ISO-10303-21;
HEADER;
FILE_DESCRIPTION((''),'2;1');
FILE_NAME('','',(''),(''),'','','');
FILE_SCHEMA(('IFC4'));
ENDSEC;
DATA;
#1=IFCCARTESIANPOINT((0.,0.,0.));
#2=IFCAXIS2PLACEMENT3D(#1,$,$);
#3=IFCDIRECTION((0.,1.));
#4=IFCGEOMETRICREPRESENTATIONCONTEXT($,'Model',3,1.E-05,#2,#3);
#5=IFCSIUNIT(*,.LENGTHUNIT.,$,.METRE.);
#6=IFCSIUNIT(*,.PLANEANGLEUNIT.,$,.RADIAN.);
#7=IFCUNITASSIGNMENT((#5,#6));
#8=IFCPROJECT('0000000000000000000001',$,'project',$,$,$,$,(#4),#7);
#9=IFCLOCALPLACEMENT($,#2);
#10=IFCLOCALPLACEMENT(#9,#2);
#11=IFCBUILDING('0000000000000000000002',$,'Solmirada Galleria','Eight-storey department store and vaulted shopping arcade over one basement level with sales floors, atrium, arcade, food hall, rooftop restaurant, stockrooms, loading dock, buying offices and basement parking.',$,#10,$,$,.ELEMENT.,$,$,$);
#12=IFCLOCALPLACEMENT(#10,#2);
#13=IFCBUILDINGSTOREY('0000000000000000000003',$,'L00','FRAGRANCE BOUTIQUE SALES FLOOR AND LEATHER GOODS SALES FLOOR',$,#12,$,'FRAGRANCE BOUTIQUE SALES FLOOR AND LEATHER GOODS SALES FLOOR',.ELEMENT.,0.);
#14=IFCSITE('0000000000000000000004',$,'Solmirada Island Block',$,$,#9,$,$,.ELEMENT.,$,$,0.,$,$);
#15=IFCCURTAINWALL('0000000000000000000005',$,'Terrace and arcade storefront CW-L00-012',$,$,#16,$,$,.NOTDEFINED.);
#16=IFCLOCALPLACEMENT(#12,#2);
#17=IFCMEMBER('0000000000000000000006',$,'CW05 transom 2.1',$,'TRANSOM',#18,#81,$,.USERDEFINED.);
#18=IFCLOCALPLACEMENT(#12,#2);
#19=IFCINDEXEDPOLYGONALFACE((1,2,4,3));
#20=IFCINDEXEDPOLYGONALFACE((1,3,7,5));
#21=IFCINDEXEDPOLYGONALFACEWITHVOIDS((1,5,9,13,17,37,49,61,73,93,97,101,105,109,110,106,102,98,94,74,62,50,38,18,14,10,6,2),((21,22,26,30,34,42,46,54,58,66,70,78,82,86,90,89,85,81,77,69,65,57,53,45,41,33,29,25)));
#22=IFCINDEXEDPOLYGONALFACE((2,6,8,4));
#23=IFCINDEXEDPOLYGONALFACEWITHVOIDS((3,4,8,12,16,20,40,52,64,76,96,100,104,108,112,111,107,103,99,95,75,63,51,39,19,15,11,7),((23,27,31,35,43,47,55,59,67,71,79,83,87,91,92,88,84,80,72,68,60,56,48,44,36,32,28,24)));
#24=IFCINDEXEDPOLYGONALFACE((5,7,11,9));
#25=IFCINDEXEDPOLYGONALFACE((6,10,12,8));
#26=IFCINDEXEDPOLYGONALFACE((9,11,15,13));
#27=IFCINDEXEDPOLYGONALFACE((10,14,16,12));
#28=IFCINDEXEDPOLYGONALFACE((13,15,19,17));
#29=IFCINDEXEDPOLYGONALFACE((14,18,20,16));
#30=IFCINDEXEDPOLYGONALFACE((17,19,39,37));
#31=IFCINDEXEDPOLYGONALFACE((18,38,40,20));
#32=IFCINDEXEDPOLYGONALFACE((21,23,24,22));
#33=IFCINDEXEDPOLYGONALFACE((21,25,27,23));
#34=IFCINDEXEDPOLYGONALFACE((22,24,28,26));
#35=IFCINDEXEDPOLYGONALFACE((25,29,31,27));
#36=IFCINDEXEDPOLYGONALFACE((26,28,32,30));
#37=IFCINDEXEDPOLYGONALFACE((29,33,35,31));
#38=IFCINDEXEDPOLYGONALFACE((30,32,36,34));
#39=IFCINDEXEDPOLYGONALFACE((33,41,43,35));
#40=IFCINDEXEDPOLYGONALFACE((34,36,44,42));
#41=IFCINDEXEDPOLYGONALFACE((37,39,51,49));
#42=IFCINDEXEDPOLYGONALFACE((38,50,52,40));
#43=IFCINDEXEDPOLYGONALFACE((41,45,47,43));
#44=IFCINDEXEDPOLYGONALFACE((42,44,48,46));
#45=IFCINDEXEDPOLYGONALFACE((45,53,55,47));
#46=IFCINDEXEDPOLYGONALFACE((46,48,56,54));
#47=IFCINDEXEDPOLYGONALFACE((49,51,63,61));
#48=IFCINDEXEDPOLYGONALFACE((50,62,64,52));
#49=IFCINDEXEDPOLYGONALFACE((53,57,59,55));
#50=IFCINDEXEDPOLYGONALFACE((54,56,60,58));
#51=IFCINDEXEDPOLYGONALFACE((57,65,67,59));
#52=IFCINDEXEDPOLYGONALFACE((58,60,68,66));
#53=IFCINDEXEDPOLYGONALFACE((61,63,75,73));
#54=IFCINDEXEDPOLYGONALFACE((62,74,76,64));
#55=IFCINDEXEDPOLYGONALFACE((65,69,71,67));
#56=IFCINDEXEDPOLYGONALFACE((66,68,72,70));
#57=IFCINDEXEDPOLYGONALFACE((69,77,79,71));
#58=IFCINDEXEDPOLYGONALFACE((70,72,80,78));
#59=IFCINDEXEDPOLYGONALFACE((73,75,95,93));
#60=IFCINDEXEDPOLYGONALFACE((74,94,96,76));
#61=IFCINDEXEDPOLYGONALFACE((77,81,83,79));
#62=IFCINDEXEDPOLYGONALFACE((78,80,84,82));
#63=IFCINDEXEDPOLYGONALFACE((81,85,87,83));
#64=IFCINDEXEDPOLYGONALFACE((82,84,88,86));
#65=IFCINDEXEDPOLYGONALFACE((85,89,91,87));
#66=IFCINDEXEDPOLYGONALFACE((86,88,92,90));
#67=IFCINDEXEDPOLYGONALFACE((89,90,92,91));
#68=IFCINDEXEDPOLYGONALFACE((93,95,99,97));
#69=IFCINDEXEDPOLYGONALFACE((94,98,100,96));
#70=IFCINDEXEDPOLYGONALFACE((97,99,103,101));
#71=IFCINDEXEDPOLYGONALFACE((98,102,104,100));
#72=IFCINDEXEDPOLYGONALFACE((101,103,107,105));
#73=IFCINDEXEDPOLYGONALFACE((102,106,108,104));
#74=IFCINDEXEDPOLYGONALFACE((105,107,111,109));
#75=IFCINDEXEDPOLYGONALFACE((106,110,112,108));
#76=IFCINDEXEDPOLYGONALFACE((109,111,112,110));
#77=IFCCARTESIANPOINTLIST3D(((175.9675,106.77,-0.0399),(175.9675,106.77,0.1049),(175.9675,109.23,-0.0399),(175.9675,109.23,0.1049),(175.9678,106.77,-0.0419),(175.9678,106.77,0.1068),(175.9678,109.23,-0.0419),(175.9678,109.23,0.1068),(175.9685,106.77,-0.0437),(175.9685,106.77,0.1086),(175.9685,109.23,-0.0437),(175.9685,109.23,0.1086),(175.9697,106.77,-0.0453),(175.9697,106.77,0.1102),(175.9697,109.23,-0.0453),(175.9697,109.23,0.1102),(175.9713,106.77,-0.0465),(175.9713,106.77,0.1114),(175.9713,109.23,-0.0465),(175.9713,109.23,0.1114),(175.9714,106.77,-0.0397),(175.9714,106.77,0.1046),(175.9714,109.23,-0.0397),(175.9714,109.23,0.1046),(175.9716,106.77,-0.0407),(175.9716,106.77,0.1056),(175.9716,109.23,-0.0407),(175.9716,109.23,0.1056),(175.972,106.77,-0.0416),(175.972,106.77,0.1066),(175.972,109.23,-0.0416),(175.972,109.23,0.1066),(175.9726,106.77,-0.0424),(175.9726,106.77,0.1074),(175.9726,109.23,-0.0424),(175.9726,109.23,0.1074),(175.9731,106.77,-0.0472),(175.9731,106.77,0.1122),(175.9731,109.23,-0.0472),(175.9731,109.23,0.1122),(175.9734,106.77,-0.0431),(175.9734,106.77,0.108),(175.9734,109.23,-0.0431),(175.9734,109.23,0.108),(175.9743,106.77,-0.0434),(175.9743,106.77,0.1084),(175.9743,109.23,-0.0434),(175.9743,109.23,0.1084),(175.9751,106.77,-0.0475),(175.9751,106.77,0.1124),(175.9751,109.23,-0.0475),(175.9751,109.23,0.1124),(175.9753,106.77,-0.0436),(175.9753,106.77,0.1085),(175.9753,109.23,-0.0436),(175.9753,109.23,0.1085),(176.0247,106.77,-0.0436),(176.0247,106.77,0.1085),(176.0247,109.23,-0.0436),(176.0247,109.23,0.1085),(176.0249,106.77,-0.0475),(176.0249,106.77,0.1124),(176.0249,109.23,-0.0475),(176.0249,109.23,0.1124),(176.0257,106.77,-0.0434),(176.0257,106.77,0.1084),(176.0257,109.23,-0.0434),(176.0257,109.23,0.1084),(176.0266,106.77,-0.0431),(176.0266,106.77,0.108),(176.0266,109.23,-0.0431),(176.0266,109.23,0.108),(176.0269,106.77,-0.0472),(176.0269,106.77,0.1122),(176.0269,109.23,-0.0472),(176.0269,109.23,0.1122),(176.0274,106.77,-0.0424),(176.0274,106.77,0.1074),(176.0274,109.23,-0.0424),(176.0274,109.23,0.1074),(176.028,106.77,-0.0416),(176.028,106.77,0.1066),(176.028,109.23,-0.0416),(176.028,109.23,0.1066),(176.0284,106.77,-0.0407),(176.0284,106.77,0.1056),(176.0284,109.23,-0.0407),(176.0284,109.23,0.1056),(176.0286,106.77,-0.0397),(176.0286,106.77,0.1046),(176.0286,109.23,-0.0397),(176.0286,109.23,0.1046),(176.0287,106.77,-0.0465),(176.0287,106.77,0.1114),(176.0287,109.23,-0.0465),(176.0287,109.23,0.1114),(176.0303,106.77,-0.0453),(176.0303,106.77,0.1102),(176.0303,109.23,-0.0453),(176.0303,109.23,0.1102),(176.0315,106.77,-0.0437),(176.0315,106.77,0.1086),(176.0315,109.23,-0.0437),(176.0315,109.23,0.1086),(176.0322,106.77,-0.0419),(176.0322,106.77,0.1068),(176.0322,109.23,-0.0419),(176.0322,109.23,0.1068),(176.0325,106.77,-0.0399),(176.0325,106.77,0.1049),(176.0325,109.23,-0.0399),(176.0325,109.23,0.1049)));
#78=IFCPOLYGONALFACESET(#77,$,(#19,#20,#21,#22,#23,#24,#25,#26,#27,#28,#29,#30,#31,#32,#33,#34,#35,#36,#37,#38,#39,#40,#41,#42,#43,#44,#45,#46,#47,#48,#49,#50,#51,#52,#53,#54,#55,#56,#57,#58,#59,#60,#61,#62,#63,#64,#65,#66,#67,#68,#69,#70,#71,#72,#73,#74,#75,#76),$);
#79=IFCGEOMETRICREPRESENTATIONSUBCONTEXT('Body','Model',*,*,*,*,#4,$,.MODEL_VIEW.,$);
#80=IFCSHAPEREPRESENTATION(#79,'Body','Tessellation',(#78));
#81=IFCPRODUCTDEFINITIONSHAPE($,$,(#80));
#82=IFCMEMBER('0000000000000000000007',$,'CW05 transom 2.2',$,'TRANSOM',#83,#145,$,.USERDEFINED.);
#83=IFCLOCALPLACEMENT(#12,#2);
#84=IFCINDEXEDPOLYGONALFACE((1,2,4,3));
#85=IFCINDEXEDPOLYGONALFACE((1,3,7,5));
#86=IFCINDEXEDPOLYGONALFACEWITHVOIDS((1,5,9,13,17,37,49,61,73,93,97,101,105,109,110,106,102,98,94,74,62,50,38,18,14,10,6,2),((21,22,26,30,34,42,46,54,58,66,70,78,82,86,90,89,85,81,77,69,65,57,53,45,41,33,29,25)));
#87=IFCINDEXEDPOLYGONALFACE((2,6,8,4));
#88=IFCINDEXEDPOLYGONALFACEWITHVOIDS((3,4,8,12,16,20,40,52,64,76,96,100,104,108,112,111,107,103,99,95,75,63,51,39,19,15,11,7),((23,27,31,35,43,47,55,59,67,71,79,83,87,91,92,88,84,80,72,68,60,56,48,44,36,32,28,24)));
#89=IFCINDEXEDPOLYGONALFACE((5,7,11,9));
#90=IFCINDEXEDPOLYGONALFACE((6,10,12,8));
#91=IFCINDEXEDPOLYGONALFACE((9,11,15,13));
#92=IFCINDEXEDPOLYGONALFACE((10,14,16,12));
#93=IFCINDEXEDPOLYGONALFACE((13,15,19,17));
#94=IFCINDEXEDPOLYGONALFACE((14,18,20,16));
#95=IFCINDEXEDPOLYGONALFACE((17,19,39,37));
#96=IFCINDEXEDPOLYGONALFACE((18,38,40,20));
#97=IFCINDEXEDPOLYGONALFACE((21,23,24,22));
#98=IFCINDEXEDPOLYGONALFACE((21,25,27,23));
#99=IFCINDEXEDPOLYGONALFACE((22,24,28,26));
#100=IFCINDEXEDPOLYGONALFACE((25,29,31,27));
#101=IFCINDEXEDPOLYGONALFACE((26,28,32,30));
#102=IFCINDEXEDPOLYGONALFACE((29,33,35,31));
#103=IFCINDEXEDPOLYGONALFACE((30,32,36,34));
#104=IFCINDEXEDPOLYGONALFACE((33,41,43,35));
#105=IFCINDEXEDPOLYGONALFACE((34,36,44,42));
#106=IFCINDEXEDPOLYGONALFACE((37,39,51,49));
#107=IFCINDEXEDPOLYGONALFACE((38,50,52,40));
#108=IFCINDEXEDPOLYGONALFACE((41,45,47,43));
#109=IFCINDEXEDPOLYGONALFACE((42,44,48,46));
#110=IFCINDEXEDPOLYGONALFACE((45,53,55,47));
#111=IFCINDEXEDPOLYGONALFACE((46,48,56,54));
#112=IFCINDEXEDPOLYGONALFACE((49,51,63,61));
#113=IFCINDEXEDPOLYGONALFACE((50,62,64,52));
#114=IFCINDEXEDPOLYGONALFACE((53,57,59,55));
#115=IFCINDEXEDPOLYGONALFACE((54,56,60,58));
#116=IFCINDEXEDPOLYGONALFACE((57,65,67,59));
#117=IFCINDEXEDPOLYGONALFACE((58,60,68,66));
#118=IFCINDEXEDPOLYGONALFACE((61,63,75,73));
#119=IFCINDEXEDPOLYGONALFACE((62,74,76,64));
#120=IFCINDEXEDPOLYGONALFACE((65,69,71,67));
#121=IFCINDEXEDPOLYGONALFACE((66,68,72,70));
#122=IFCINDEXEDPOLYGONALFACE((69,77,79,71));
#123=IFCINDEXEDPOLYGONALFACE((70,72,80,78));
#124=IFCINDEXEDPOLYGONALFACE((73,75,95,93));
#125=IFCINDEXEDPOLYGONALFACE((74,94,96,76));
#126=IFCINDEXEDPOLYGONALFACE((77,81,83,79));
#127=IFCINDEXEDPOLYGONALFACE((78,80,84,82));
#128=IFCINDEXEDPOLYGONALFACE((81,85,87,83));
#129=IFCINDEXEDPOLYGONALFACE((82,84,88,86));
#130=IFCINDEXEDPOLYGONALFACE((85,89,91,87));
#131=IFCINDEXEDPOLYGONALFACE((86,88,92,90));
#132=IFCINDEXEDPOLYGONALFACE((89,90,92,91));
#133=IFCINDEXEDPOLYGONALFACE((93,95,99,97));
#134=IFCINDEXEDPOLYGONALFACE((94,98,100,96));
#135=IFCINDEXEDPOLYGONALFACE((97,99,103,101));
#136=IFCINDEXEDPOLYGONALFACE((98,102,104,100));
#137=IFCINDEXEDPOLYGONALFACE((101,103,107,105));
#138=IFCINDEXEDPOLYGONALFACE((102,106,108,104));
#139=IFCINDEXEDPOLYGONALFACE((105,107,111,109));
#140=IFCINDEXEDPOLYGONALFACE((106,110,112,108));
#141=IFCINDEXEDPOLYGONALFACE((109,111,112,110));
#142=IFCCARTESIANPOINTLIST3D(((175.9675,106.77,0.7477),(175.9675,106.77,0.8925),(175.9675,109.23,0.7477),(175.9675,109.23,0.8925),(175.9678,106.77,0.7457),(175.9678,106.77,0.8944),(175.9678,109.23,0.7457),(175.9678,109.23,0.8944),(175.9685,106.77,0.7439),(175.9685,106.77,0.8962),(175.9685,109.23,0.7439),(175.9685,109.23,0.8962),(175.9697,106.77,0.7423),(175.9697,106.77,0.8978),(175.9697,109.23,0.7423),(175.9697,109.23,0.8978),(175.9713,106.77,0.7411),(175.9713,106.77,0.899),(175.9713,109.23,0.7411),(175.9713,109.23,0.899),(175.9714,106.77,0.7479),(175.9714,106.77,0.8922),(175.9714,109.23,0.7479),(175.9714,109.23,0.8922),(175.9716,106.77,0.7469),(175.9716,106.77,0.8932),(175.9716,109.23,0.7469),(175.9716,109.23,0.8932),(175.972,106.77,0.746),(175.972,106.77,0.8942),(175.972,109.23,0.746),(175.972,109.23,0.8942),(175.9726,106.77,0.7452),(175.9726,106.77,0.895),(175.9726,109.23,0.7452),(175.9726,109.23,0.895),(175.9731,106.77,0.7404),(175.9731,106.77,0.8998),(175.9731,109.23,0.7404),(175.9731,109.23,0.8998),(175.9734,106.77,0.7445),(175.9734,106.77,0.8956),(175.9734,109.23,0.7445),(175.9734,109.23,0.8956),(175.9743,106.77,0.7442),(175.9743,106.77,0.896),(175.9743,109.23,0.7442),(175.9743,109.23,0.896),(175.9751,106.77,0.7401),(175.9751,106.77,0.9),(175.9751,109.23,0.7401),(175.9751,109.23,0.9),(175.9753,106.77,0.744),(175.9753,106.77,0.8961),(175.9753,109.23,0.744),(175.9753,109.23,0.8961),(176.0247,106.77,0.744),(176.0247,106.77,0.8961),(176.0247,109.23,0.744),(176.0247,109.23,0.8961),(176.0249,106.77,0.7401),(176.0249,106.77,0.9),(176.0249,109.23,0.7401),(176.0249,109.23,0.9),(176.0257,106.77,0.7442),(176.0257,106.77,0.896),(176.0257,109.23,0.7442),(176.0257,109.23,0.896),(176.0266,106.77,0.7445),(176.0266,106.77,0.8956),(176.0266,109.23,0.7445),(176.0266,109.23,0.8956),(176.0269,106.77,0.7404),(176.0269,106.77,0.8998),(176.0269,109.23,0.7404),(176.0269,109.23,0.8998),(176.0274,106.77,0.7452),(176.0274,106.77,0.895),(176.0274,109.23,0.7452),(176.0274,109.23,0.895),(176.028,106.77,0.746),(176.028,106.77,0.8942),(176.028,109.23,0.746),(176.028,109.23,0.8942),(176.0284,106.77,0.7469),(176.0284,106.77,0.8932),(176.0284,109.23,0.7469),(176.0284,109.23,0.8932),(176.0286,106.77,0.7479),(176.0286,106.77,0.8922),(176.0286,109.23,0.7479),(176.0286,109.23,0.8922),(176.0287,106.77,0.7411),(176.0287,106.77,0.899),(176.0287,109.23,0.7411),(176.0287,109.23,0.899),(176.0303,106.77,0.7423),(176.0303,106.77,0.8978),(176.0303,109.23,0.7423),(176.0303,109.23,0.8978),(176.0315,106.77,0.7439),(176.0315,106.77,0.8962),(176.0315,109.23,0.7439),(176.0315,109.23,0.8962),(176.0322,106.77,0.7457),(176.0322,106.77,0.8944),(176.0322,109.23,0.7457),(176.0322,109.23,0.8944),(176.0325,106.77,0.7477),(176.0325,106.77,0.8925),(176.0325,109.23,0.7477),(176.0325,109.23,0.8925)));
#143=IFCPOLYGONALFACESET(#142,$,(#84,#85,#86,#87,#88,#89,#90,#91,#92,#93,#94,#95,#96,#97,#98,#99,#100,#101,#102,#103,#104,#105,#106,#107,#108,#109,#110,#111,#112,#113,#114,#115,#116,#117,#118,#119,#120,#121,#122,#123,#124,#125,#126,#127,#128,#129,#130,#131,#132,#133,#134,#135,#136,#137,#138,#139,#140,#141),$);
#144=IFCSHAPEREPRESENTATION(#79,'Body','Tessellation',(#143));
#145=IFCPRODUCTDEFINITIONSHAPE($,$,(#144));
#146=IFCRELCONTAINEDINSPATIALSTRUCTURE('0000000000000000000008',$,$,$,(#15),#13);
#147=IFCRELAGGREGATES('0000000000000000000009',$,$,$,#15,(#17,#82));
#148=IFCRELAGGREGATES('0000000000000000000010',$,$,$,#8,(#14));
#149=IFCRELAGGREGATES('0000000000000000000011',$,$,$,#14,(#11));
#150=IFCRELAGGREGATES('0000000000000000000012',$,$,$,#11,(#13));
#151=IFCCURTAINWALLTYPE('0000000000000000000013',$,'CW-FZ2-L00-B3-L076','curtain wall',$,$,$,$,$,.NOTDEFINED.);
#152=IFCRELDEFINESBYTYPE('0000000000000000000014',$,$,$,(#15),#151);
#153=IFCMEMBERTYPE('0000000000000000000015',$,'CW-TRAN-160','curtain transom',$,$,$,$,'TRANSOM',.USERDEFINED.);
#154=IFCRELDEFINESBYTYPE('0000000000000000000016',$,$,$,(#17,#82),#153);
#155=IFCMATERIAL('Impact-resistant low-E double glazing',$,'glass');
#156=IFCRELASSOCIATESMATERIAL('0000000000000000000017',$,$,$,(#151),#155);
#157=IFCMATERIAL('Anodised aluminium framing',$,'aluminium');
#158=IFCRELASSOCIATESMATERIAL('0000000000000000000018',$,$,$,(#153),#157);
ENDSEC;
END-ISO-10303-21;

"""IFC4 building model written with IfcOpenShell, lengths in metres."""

from ifc_helpers import new_model, si_unit, direction, frame, origin, origin_2d, place, context, subcontext, project, spatial, hollow_rectangle, extrude, material, material_profile, profile_set, type_object, element, aggregate, save


model = new_model("IFC4")

# Units and contexts
model_context = context("Model", 3, precision=1e-05, world=origin(), true_north=direction((0.0, 1.0)))
body_context = subcontext(model_context, "Body", "Model", "MODEL_VIEW")
ifc_project = project(units=[si_unit("LENGTHUNIT", "METRE"), si_unit("PLANEANGLEUNIT", "RADIAN")], contexts=[model_context])

# Site, building, storey
site_placement = place(None, origin())
site = spatial("IfcSite", under=ifc_project, at=site_placement, Name="Solmirada Island Block", CompositionType="ELEMENT", RefElevation=0.0)
building_placement = place(site_placement, origin())
building = spatial("IfcBuilding", under=site, at=building_placement, Name="Solmirada Galleria", Description="Eight-storey department store and vaulted shopping arcade over one basement level with sales floors, atrium, arcade, food hall, rooftop restaurant, stockrooms, loading dock, buying offices and basement parking.", CompositionType="ELEMENT")
storey_placement = place(building_placement, origin())
storey = spatial("IfcBuildingStorey", under=building, at=storey_placement, Name="L00", Description="FRAGRANCE BOUTIQUE SALES FLOOR AND LEATHER GOODS SALES FLOOR", LongName="FRAGRANCE BOUTIQUE SALES FLOOR AND LEATHER GOODS SALES FLOOR", CompositionType="ELEMENT", Elevation=0.0)

# Curtain wall, members
ifc_material_1 = material(Name="Impact-resistant low-E double glazing", Category="glass")
curtain_wall_type = type_object("IfcCurtainWallType", Name="CW-FZ2-L00-B3-L076", Description="curtain wall", PredefinedType="NOTDEFINED", material=ifc_material_1)
curtain_wall_placement = place(storey_placement, origin())
curtain_wall = element("IfcCurtainWall", 1, at=curtain_wall_placement, inside=storey, type_object=curtain_wall_type, Name="Terrace and arcade storefront CW-L00-012", PredefinedType="NOTDEFINED")
ifc_material_2 = material(Name="Anodised aluminium framing", Category="aluminium")
ifc_material_profile_1 = material_profile(ifc_material_2, hollow_rectangle(XDim=0.0649, YDim=0.1599, WallThickness=0.0039, InnerFilletRadius=0.0039, OuterFilletRadius=0.0076, at=origin_2d()), Name="ALU-TRAN-160X65")
ifc_profile_set_1 = profile_set([ifc_material_profile_1], Name="Anodised aluminium framing")
member_type_1 = type_object("IfcMemberType", Name="CW-TRAN-160", Description="curtain transom", ElementType="TRANSOM", PredefinedType="USERDEFINED", material=ifc_profile_set_1)
member_1_placement = place(storey_placement, frame((176.0, 109.23, 0.0325), z_axis=(0.0, -1.0, 0.0), x_axis=(1.0, 0.0, 0.0)))
member_1 = element("IfcMember", 2, at=member_1_placement, type_object=member_type_1, Name="CW05 transom 2.1", ObjectType="TRANSOM", PredefinedType="USERDEFINED", context=body_context, shape_type="SweptSolid", body=[
    extrude(hollow_rectangle(XDim=0.0649, YDim=0.1599, WallThickness=0.0039, InnerFilletRadius=0.0039, OuterFilletRadius=0.0076, at=origin_2d()), origin(), (0.0, 0.0, 1.0), 2.46),
])
member_2_placement = place(storey_placement, frame((176.0, 109.23, 0.8201), z_axis=(0.0, -1.0, 0.0), x_axis=(1.0, 0.0, 0.0)))
member_2 = element("IfcMember", 3, at=member_2_placement, type_object=member_type_1, Name="CW05 transom 2.2", ObjectType="TRANSOM", PredefinedType="USERDEFINED", context=body_context, shape_type="SweptSolid", body=[
    extrude(hollow_rectangle(XDim=0.0649, YDim=0.1599, WallThickness=0.0039, InnerFilletRadius=0.0039, OuterFilletRadius=0.0076, at=origin_2d()), origin(), (0.0, 0.0, 1.0), 2.46),
])
aggregate(curtain_wall, [member_1, member_2])

save(model, "model.ifc")
